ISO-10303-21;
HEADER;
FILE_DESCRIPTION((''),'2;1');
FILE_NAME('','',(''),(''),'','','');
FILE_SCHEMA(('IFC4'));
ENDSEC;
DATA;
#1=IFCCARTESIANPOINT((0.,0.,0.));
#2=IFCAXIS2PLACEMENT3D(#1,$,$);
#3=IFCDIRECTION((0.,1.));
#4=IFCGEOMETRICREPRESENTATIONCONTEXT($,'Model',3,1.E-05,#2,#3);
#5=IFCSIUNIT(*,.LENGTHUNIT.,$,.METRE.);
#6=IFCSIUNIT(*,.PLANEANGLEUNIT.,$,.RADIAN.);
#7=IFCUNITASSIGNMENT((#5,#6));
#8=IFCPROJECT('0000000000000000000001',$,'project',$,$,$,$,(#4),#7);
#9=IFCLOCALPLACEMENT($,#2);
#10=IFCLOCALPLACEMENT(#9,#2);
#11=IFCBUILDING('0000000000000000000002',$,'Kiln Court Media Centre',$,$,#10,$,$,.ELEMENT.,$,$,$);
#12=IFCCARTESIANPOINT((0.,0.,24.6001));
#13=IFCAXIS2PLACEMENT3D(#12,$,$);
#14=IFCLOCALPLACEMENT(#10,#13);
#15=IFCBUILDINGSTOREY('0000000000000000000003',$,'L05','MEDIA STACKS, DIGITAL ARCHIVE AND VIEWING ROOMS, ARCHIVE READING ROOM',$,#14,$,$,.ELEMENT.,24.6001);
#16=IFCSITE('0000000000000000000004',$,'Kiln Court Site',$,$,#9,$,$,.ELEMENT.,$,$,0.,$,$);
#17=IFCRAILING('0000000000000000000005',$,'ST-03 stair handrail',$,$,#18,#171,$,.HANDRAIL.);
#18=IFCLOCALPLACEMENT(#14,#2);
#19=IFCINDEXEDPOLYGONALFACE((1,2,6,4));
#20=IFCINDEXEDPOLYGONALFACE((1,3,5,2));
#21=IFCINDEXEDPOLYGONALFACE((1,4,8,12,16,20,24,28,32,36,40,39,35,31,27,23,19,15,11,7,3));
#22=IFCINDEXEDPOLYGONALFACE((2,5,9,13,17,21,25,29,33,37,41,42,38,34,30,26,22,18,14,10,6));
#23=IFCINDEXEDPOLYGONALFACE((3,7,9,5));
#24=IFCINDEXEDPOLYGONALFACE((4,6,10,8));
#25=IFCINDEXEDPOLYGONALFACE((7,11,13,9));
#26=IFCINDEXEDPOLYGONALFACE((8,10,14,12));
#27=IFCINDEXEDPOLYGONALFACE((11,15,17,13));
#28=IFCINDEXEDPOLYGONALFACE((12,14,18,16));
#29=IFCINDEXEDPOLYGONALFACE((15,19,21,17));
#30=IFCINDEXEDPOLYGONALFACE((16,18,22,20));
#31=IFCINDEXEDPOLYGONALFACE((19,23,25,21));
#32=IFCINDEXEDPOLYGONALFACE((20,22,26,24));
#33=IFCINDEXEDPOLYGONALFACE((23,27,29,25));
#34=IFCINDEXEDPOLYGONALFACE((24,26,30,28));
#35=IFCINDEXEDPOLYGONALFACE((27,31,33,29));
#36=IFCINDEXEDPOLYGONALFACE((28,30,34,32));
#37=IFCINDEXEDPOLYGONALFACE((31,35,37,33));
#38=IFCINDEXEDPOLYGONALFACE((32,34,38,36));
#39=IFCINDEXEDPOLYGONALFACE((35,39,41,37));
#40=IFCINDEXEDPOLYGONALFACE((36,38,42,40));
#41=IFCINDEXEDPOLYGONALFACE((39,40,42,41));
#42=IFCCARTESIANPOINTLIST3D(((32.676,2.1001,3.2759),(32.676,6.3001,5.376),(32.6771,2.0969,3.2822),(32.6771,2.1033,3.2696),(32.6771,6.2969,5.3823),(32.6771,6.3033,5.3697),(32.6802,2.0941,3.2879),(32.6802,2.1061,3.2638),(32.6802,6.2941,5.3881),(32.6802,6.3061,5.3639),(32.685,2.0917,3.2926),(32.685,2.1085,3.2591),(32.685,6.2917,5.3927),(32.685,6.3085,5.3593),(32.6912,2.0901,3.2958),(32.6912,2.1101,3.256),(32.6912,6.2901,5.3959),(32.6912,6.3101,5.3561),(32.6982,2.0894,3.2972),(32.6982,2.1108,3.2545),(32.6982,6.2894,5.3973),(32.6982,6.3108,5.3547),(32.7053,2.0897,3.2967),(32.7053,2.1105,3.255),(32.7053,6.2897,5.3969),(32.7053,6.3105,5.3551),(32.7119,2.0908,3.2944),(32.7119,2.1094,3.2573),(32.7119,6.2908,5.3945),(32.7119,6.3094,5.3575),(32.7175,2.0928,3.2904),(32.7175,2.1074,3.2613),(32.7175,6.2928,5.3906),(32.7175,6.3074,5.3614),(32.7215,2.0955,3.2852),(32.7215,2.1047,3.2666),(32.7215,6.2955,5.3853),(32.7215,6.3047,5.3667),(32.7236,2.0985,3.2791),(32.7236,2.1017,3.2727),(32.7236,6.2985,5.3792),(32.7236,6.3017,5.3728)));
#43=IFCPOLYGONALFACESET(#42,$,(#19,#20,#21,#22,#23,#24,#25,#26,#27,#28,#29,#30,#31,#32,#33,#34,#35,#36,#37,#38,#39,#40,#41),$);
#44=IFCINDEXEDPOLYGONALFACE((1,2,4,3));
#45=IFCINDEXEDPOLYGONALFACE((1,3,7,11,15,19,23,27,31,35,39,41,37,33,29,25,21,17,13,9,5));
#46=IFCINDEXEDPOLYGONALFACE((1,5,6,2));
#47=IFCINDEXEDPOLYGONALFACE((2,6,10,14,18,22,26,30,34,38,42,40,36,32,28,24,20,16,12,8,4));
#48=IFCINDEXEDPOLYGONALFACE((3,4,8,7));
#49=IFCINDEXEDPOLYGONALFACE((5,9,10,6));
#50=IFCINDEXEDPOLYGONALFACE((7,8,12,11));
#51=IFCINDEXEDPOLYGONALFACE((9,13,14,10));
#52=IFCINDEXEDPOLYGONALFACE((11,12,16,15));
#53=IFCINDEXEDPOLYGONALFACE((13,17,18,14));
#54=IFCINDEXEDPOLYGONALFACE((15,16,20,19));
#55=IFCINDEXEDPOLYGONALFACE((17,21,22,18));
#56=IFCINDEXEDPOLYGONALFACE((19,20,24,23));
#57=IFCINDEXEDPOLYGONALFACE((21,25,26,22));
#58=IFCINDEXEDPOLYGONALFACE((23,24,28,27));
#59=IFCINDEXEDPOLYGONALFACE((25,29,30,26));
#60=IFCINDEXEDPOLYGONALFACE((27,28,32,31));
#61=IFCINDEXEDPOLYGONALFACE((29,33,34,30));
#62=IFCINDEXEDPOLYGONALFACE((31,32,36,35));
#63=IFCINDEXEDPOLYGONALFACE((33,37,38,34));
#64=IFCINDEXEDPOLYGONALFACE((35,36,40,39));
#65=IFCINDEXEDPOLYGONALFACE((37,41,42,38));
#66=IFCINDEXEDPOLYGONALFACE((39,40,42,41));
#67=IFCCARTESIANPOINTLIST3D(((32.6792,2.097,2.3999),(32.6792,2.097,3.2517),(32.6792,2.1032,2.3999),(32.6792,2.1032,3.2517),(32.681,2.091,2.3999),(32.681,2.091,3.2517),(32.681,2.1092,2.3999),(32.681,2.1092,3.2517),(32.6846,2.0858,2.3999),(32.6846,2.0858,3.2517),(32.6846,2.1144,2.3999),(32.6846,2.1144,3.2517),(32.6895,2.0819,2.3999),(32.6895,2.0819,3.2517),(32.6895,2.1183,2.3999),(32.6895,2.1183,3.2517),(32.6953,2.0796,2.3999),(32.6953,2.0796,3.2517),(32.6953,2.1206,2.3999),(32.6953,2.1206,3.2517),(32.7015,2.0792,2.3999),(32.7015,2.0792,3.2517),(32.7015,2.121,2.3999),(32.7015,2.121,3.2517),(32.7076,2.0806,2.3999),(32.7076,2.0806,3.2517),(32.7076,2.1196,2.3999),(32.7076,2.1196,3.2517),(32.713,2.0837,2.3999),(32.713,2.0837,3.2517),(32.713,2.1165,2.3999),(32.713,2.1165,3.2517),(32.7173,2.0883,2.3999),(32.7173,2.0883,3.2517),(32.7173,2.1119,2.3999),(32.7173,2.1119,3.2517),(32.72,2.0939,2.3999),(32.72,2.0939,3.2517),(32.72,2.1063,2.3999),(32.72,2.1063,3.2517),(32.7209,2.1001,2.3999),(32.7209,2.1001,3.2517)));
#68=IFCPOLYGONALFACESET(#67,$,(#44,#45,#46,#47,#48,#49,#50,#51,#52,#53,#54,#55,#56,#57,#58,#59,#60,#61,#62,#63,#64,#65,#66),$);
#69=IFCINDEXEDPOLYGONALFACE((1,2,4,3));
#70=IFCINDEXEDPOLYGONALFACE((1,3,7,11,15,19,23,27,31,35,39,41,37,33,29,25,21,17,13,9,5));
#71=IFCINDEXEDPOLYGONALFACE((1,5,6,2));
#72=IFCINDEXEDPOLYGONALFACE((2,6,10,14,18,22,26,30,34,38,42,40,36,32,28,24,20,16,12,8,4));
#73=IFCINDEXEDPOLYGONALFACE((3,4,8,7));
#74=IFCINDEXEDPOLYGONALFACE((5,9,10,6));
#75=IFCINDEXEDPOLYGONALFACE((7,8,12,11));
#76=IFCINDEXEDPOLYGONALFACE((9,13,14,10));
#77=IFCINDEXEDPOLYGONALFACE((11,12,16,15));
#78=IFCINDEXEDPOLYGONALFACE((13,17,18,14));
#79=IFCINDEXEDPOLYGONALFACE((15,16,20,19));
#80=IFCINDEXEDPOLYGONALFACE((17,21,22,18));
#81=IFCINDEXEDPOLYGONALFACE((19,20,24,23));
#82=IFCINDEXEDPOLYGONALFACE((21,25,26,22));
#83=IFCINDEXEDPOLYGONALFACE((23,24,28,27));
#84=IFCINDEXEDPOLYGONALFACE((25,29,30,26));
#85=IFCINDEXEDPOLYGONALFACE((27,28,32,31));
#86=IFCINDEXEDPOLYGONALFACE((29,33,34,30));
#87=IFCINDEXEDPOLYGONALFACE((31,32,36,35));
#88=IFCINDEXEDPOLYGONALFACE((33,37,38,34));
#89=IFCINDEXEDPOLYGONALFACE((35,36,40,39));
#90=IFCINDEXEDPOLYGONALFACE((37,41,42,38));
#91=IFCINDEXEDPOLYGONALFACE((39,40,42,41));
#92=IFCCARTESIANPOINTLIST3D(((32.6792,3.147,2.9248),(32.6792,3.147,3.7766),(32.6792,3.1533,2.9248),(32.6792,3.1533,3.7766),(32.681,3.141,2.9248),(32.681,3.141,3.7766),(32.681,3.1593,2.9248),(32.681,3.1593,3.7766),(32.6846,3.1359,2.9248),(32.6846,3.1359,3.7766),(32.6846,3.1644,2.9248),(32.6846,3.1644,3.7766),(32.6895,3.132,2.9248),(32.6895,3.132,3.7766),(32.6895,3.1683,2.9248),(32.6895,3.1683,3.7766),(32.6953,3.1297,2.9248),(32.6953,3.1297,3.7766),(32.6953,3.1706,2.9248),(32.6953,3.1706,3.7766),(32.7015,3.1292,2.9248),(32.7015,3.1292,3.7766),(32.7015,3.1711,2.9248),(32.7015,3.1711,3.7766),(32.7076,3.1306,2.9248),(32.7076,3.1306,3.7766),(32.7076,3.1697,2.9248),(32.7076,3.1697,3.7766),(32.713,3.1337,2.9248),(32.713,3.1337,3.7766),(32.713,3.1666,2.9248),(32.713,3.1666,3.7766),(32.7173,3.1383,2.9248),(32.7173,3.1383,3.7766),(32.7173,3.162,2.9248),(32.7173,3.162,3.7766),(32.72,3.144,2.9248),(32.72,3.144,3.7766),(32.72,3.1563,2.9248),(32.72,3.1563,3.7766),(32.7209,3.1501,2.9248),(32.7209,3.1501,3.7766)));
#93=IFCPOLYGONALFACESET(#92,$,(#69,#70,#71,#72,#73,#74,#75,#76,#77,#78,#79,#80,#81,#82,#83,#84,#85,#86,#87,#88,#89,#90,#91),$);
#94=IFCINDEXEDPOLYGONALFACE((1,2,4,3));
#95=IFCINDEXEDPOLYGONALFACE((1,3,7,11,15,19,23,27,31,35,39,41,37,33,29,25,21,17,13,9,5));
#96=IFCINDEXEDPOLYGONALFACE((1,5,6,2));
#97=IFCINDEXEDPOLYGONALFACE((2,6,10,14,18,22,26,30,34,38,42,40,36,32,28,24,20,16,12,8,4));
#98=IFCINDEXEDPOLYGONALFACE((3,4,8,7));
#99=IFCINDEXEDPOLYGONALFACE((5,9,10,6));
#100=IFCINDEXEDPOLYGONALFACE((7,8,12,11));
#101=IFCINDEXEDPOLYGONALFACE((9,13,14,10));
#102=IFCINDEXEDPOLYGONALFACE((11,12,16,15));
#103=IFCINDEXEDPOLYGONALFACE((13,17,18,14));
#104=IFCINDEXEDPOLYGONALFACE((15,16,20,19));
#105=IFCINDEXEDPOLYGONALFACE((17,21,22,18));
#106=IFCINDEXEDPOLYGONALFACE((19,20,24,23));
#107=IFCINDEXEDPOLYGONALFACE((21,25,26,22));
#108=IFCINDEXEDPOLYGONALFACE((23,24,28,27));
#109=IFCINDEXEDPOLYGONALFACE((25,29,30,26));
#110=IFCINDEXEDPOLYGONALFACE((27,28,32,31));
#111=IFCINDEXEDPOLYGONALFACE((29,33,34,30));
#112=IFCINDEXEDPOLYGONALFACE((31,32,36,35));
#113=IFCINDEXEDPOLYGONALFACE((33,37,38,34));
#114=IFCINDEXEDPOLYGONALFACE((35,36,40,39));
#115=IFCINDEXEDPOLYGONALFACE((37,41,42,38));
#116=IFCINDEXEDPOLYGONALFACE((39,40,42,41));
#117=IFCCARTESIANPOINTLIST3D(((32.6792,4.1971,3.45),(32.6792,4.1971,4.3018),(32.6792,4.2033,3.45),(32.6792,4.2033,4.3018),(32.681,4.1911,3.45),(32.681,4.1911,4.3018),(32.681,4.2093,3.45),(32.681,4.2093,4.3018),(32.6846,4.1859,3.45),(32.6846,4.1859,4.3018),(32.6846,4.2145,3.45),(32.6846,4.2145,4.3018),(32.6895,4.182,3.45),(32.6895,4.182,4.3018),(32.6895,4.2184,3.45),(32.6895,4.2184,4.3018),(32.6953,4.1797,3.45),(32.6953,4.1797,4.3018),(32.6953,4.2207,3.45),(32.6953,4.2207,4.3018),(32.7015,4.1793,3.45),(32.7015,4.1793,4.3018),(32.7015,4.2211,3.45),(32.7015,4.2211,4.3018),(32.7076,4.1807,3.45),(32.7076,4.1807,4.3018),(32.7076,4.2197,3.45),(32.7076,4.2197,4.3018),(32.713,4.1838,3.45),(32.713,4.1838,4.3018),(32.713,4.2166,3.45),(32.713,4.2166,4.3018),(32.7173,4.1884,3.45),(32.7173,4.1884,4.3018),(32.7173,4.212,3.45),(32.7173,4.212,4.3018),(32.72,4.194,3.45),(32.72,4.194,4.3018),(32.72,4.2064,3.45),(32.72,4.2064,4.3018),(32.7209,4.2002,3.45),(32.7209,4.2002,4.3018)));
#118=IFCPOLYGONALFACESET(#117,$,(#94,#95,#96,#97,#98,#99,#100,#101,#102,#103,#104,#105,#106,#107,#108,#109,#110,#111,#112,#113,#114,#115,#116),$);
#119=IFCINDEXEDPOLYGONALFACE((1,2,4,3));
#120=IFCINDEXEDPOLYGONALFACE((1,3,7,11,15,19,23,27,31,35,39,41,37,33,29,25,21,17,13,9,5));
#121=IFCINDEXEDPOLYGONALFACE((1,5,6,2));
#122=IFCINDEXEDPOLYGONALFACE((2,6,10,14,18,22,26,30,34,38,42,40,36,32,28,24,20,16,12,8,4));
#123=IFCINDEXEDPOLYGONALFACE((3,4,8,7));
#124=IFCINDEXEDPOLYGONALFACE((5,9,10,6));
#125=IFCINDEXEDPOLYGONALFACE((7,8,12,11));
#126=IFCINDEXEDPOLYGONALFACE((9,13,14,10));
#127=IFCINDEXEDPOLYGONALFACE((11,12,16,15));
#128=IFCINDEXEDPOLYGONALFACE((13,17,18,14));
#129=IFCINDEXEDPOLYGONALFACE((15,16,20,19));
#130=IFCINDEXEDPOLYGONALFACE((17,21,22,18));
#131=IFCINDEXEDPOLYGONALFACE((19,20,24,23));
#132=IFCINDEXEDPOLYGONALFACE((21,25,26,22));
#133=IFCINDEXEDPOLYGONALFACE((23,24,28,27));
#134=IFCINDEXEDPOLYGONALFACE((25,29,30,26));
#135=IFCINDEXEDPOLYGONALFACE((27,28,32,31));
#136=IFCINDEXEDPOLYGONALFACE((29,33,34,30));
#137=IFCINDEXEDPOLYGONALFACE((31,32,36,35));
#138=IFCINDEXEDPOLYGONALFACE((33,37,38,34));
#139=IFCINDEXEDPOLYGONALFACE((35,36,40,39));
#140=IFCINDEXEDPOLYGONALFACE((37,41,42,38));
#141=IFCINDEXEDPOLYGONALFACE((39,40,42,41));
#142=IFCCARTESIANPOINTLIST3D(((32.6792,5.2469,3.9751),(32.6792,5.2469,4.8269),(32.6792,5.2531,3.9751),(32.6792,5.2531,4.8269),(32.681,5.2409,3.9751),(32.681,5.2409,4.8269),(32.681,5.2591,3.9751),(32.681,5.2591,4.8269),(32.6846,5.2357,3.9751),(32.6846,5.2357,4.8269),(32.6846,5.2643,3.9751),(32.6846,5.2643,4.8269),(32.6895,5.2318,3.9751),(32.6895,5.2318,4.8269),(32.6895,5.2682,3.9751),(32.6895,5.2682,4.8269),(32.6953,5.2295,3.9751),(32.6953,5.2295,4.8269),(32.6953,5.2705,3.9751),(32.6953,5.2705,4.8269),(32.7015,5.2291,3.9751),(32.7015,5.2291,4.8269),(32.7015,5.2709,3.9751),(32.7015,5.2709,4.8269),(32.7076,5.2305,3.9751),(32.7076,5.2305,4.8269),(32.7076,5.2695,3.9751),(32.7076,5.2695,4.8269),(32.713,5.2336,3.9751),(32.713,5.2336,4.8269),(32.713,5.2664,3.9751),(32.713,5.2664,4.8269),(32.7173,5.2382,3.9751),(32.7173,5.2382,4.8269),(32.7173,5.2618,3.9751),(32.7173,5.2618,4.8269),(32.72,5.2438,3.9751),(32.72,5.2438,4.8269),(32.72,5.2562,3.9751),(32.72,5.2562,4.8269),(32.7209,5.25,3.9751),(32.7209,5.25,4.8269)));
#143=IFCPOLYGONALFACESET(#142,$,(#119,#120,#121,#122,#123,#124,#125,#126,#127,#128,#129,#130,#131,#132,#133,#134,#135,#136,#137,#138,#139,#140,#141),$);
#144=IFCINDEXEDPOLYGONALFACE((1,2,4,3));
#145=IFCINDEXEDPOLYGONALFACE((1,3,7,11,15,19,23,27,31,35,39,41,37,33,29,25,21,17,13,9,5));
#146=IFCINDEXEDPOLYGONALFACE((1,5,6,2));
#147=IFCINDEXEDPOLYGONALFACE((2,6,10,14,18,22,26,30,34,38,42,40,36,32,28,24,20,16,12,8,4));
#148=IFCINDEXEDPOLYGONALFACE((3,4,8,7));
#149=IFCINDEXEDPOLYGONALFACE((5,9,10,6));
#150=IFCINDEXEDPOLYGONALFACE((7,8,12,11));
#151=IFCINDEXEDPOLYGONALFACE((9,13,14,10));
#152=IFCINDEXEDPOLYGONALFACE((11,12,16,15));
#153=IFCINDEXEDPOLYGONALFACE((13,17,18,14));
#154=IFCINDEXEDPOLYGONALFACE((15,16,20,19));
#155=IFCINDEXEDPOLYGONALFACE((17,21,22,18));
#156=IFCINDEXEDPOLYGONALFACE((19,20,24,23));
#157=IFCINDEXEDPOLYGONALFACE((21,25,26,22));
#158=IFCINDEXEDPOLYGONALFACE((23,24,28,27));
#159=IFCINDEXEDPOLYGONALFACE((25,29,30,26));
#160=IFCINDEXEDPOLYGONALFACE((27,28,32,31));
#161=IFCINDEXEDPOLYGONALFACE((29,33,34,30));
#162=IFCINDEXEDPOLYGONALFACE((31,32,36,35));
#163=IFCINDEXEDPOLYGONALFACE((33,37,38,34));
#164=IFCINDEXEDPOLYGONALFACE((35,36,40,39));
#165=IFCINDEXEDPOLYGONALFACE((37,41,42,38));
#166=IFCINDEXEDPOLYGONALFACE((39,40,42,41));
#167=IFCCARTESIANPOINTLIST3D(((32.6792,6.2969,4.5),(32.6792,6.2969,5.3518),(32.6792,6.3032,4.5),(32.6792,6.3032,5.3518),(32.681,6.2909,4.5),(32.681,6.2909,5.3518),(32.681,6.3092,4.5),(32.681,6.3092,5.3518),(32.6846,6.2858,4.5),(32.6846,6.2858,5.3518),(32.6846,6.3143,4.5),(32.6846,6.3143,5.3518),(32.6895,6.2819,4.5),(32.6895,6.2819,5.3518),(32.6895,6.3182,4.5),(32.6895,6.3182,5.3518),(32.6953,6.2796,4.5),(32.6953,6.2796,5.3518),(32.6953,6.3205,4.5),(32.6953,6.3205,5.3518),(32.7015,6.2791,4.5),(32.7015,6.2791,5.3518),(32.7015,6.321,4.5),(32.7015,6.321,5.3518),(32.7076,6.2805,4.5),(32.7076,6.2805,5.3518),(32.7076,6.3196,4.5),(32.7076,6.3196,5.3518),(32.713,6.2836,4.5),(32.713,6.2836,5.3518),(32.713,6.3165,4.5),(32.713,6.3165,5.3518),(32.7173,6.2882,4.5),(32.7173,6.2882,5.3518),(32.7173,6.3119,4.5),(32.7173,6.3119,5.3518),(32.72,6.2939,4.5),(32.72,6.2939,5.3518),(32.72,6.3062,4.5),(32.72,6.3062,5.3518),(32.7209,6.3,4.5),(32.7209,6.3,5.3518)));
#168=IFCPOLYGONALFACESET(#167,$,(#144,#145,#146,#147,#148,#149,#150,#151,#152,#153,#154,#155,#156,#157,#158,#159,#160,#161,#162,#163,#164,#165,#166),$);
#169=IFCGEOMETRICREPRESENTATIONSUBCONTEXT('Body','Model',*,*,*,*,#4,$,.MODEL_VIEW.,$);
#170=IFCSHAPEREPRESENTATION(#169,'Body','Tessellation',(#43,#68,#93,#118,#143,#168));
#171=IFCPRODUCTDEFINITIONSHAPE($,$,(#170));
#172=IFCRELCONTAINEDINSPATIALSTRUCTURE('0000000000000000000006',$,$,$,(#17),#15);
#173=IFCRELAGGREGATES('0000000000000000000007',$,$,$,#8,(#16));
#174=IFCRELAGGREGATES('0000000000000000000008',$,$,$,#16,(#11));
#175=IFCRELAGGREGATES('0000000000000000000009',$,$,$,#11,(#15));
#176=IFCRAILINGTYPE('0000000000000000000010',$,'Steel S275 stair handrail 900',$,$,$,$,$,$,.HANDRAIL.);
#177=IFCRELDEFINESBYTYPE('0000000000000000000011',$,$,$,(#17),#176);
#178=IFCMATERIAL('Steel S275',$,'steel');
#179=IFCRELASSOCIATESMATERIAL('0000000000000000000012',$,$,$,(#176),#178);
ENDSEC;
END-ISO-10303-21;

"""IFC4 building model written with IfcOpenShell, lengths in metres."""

from ifc_helpers import new_model, si_unit, direction, frame, origin, origin_2d, place, context, subcontext, project, spatial, circle, extrude, material, type_object, element, save


model = new_model("IFC4")

# Units and contexts
model_context = context("Model", 3, precision=1e-05, world=origin(), true_north=direction((0.0, 1.0)))
body_context = subcontext(model_context, "Body", "Model", "MODEL_VIEW")
ifc_project = project(units=[si_unit("LENGTHUNIT", "METRE"), si_unit("PLANEANGLEUNIT", "RADIAN")], contexts=[model_context])

# Site, building, storey
site_placement = place(None, origin())
site = spatial("IfcSite", under=ifc_project, at=site_placement, Name="Kiln Court Site", CompositionType="ELEMENT", RefElevation=0.0)
building_placement = place(site_placement, origin())
building = spatial("IfcBuilding", under=site, at=building_placement, Name="Kiln Court Media Centre", CompositionType="ELEMENT")
storey_placement = place(building_placement, frame((0.0, 0.0, 24.6001)))
storey = spatial("IfcBuildingStorey", under=building, at=storey_placement, Name="L05", Description="MEDIA STACKS, DIGITAL ARCHIVE AND VIEWING ROOMS, ARCHIVE READING ROOM", CompositionType="ELEMENT", Elevation=24.6001)

# Railing
ifc_material_1 = material(Name="Steel S275", Category="steel")
railing_type_1 = type_object("IfcRailingType", Name="Steel S275 stair handrail 900", PredefinedType="HANDRAIL", material=ifc_material_1)
railing_placement = place(storey_placement, frame((32.7, 2.1001, 2.3999)))
element("IfcRailing", 1, at=railing_placement, inside=storey, type_object=railing_type_1, Name="ST-03 stair handrail", PredefinedType="HANDRAIL", context=body_context, shape_type="SweptSolid", body=[
    extrude(circle(Radius=0.0239, at=origin_2d()), frame((0.0, 0.0, 0.876), z_axis=(0.0, 0.894417, 0.447234), x_axis=(-1.0, 0.0, 0.0)), (0.0, 0.0, 1.0), 4.6958),
    extrude(circle(Radius=0.021, at=origin_2d()), origin(), (0.0, 0.0, 1.0), 0.8518),
    extrude(circle(Radius=0.021, at=origin_2d()), frame((0.0, 1.05, 0.5249)), (0.0, 0.0, 1.0), 0.8518),
    extrude(circle(Radius=0.021, at=origin_2d()), frame((0.0, 2.1001, 1.05)), (0.0, 0.0, 1.0), 0.8518),
    extrude(circle(Radius=0.021, at=origin_2d()), frame((0.0, 3.1499, 1.5752)), (0.0, 0.0, 1.0), 0.8518),
    extrude(circle(Radius=0.021, at=origin_2d()), frame((0.0, 4.2, 2.1001)), (0.0, 0.0, 1.0), 0.8518),
])

save(model, "model.ifc")
